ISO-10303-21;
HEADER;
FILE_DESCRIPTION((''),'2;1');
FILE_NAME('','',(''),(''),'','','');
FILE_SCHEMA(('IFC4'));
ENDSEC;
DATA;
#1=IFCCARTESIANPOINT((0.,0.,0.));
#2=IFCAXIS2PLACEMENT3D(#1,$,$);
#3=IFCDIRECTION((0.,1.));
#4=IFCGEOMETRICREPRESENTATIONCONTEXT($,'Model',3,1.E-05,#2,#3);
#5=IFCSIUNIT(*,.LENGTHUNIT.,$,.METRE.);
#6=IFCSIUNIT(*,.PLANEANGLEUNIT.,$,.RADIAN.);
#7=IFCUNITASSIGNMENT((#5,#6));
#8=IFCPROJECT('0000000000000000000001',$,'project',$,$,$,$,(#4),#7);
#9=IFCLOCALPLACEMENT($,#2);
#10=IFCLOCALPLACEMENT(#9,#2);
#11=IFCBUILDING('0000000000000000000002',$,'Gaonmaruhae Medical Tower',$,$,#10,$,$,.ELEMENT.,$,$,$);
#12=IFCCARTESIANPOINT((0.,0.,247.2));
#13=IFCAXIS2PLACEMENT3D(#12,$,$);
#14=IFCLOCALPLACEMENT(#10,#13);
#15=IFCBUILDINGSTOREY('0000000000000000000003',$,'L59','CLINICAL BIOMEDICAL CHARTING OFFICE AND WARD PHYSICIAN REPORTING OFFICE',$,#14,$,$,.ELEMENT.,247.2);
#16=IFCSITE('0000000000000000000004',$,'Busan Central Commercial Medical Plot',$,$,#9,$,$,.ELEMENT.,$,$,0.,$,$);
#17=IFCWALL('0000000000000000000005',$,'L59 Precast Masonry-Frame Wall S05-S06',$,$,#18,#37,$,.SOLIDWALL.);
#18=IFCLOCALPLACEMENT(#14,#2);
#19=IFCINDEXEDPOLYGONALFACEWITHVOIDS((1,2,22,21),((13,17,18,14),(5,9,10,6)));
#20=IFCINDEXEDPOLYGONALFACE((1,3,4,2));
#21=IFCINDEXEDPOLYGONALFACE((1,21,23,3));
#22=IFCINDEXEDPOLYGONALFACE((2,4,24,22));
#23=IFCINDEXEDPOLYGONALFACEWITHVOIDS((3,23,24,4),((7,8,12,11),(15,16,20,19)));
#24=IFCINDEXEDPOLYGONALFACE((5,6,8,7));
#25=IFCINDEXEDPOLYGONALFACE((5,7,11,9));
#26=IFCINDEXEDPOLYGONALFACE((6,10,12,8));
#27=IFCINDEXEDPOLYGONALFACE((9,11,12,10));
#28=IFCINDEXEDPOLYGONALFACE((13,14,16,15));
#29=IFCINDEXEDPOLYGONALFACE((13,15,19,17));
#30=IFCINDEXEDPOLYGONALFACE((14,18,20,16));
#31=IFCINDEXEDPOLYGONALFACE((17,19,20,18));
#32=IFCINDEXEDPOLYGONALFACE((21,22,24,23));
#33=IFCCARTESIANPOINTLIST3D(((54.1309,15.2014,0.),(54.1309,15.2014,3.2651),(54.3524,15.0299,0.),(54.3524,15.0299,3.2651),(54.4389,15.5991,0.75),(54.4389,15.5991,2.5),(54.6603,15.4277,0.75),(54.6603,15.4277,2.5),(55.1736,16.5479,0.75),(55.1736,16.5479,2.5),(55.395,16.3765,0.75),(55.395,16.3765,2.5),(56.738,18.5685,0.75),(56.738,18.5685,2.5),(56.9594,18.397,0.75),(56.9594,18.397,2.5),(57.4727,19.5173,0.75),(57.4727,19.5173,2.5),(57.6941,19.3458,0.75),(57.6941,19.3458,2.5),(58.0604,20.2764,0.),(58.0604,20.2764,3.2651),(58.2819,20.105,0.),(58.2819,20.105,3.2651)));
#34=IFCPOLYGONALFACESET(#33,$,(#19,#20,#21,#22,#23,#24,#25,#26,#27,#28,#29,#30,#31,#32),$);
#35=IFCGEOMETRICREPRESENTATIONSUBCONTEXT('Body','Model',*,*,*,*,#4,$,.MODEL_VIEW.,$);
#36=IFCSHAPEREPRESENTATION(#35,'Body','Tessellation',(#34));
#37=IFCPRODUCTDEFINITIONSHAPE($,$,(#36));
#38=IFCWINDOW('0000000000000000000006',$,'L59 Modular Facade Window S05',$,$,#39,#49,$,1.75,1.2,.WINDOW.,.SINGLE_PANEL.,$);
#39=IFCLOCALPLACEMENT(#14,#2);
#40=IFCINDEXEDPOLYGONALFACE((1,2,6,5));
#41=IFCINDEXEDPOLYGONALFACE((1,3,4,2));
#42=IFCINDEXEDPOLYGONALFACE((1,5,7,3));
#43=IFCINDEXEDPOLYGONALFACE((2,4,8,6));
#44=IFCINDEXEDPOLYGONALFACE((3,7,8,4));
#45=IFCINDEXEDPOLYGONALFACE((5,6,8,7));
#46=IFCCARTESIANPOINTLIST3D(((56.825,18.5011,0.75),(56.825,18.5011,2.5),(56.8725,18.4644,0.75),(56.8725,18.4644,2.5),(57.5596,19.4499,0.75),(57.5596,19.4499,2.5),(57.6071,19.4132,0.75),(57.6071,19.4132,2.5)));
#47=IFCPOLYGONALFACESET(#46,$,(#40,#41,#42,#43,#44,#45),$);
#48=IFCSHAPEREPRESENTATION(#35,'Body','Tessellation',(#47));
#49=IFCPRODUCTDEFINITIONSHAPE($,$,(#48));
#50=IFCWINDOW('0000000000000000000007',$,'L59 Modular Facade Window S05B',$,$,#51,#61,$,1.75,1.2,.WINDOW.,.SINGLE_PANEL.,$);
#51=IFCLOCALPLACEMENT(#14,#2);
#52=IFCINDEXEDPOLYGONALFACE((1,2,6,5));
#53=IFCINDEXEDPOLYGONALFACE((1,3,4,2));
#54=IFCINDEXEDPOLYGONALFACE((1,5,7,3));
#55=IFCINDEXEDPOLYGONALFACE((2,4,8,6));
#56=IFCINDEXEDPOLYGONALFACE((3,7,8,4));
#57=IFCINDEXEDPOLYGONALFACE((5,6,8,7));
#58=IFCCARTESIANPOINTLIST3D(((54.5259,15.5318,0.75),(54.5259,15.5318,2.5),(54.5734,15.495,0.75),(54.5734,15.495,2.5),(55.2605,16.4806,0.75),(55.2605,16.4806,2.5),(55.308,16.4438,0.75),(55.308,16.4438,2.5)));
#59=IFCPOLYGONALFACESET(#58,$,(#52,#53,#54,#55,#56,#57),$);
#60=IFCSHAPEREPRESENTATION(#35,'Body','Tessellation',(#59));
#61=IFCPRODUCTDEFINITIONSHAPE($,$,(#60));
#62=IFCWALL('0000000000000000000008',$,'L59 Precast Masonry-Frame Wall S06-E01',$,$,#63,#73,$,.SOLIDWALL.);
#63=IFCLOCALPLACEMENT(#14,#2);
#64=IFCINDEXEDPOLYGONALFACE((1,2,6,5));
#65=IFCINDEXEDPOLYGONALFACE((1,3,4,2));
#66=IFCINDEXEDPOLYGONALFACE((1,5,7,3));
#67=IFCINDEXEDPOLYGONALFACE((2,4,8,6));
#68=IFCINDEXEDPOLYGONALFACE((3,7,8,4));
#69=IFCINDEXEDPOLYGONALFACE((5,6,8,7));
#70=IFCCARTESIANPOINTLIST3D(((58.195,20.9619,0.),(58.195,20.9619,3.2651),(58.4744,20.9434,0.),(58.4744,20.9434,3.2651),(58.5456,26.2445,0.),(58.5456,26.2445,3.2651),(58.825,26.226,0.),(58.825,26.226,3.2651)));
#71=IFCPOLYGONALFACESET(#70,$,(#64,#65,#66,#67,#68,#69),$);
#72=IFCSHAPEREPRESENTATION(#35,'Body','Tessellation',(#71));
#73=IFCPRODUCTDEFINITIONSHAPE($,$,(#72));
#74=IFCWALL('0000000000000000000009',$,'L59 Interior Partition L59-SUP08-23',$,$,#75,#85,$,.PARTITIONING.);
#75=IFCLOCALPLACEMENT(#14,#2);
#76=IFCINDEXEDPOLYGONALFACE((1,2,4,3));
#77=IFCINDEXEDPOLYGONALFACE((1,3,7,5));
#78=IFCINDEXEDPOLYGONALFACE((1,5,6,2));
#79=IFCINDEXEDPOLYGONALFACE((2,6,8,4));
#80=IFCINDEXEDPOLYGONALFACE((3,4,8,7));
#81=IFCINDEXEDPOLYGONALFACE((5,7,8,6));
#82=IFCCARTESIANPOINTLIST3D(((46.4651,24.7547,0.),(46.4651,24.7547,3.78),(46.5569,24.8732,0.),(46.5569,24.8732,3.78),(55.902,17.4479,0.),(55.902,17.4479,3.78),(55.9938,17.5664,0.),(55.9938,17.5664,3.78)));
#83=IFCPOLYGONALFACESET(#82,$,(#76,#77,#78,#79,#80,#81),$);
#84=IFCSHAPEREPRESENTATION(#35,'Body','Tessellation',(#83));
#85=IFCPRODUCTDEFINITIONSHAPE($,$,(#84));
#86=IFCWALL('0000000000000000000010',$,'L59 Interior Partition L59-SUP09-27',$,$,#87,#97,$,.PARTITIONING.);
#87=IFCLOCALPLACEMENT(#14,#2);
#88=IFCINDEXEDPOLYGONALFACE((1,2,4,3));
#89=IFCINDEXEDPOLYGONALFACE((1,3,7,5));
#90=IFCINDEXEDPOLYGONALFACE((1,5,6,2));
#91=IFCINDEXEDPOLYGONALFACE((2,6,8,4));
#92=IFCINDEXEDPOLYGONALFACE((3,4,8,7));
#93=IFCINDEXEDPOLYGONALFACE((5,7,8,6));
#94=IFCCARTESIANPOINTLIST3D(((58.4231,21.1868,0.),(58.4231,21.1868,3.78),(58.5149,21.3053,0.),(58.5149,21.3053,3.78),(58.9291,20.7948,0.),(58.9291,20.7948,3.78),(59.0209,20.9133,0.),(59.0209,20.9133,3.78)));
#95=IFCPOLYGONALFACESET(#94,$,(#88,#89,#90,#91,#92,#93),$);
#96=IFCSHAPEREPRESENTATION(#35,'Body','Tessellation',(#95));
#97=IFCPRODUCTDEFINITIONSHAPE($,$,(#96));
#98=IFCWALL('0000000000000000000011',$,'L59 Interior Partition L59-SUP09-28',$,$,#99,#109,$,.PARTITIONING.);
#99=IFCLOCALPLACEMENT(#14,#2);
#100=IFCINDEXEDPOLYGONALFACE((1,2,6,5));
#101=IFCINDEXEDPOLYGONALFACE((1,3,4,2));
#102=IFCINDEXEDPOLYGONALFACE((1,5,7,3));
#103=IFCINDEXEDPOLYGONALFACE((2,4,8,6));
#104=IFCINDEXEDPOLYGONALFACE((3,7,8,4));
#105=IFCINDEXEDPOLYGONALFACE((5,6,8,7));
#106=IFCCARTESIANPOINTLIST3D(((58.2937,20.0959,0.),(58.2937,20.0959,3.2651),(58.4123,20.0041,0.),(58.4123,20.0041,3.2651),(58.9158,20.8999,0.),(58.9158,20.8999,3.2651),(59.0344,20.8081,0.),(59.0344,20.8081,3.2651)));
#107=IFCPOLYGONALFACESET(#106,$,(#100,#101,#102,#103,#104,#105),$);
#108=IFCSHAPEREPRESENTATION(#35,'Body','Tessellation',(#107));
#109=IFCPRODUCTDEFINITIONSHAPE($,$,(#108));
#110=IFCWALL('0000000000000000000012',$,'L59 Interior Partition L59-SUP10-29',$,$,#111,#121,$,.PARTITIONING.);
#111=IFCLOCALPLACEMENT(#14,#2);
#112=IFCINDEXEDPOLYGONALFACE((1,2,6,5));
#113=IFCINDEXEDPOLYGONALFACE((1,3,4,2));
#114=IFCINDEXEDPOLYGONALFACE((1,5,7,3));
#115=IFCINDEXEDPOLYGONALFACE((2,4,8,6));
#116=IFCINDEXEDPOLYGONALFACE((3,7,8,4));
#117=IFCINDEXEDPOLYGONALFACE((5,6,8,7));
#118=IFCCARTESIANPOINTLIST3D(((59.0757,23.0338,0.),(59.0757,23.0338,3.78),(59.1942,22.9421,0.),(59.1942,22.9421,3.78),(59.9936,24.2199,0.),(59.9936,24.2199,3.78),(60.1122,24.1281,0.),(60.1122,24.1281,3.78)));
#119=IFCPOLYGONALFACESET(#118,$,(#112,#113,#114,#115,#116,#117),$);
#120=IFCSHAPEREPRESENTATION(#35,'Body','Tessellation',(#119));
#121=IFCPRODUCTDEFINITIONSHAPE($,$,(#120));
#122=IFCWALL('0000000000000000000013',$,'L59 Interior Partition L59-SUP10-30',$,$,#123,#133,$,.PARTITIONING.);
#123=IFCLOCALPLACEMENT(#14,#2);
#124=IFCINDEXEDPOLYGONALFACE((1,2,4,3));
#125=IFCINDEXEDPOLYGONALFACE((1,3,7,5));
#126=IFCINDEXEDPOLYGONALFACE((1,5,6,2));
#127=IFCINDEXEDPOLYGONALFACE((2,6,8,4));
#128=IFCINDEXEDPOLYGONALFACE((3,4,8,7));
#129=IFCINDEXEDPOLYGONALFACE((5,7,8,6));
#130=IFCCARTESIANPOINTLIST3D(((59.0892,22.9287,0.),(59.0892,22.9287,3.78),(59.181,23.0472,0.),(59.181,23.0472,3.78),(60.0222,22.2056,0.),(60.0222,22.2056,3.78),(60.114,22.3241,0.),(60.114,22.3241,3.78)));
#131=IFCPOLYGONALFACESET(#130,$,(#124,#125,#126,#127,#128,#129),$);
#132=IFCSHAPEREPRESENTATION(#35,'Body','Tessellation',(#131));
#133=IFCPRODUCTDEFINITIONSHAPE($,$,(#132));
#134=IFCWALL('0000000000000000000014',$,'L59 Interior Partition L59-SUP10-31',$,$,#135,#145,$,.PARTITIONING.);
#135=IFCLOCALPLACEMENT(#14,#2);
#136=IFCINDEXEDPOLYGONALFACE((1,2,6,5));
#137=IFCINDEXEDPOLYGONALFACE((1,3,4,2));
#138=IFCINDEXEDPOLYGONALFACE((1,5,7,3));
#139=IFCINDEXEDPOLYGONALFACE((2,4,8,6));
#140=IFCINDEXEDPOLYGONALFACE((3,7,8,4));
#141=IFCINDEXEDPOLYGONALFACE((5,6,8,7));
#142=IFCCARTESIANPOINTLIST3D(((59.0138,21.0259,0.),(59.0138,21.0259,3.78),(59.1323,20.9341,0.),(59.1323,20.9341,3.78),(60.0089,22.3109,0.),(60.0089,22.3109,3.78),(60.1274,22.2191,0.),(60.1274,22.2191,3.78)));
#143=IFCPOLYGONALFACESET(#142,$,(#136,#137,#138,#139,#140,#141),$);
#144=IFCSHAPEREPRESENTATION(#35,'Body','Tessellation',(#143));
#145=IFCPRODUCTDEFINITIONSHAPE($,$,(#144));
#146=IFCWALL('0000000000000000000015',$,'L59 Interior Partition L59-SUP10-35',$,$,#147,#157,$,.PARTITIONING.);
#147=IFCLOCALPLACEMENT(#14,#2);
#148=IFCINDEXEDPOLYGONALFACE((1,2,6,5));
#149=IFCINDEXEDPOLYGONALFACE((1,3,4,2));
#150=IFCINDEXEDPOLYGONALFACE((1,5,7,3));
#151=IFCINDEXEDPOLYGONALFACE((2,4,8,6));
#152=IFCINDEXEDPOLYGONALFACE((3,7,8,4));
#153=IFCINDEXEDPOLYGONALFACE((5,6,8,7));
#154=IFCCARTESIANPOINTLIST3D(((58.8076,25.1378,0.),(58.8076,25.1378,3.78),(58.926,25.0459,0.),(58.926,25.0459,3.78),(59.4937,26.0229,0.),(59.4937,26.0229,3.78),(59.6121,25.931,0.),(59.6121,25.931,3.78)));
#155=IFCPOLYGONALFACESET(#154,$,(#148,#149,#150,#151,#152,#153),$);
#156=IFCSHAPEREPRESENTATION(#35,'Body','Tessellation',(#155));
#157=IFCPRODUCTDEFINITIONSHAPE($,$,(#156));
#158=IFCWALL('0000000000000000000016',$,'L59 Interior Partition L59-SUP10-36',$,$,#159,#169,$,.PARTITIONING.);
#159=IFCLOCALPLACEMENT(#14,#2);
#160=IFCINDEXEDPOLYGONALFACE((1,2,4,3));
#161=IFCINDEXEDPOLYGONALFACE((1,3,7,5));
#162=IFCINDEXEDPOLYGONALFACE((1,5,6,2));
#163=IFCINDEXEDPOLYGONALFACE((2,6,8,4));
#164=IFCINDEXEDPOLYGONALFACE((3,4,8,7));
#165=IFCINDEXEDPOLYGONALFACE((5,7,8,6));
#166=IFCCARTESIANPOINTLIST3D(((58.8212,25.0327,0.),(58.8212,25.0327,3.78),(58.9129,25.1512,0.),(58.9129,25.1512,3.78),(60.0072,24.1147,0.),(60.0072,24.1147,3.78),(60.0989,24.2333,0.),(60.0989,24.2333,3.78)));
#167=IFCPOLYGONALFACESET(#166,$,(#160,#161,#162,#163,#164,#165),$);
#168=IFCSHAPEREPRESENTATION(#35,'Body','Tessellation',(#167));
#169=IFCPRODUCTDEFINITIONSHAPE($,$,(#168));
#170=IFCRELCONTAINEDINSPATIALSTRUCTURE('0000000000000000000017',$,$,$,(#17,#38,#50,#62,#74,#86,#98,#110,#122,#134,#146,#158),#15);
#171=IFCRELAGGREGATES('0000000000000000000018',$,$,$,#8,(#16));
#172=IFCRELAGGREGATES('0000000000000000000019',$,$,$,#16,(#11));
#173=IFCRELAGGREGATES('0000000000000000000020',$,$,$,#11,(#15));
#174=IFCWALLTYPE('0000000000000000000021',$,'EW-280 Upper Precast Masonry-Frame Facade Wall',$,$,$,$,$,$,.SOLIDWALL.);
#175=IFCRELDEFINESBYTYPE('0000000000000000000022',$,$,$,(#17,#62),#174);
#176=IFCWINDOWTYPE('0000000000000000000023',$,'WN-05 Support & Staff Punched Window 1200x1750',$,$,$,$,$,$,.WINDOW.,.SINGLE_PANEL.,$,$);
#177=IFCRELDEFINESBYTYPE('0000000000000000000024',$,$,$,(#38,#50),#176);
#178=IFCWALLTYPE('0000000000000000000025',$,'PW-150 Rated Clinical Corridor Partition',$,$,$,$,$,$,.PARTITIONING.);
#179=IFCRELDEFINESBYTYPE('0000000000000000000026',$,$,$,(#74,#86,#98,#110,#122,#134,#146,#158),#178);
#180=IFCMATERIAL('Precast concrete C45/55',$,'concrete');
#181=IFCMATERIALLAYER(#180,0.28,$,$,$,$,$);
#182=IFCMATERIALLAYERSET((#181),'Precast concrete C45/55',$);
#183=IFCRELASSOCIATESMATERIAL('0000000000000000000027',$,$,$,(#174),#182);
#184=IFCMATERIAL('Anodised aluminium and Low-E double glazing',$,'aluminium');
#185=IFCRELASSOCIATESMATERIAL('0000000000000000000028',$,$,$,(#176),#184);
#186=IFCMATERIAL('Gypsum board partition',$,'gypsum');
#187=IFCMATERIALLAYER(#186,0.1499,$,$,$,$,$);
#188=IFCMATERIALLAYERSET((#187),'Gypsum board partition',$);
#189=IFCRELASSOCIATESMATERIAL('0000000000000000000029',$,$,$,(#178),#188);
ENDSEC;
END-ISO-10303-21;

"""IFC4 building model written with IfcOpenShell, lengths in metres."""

from ifc_helpers import new_model, si_unit, direction, frame, frame_2d, origin, place, context, subcontext, project, spatial, rectangle, extrude, material, layer, layer_set, type_object, element, fill, save


model = new_model("IFC4")

# Units and contexts
model_context = context("Model", 3, precision=1e-05, world=origin(), true_north=direction((0.0, 1.0)))
body_context = subcontext(model_context, "Body", "Model", "MODEL_VIEW")
ifc_project = project(units=[si_unit("LENGTHUNIT", "METRE"), si_unit("PLANEANGLEUNIT", "RADIAN")], contexts=[model_context])

# Site, building, storey
site_placement = place(None, origin())
site = spatial("IfcSite", under=ifc_project, at=site_placement, Name="Busan Central Commercial Medical Plot", CompositionType="ELEMENT", RefElevation=0.0)
building_placement = place(site_placement, origin())
building = spatial("IfcBuilding", under=site, at=building_placement, Name="Gaonmaruhae Medical Tower", CompositionType="ELEMENT")
storey_placement = place(building_placement, frame((0.0, 0.0, 247.2)))
storey = spatial("IfcBuildingStorey", under=building, at=storey_placement, Name="L59", Description="CLINICAL BIOMEDICAL CHARTING OFFICE AND WARD PHYSICIAN REPORTING OFFICE", CompositionType="ELEMENT", Elevation=247.2)

# Wall, openings, windows
ifc_material_1 = material(Name="Precast concrete C45/55", Category="concrete")
ifc_layer_1 = layer(ifc_material_1, 0.28)
ifc_layer_set_1 = layer_set([ifc_layer_1], Name="Precast concrete C45/55")
wall_type_1 = type_object("IfcWallType", Name="EW-280 Upper Precast Masonry-Frame Facade Wall", PredefinedType="SOLIDWALL", material=ifc_layer_set_1)
wall_1_placement = place(storey_placement, frame((58.1711, 20.1907, 0.0), z_axis=(0.0, 0.0, 1.0), x_axis=(-0.612217, -0.79069, 0.0)))
wall_1 = element("IfcWall", 1, at=wall_1_placement, inside=storey, type_object=wall_type_1, Name="L59 Precast Masonry-Frame Wall S05-S06", PredefinedType="SOLIDWALL", context=body_context, shape_type="SweptSolid", body=[
    extrude(rectangle(XDim=6.4185, YDim=0.28, at=frame_2d((3.2092, 0.0))), origin(), (0.0, 0.0, 1.0), 3.2651),
])
opening_1_placement = place(wall_1_placement, frame((0.96, 0.0, 0.75)))
opening_1 = element("IfcOpeningElement", 2, at=opening_1_placement, cuts=wall_1, PredefinedType="OPENING", context=body_context, shape_type="SweptSolid", body=[
    extrude(rectangle(XDim=1.2, YDim=1.75, at=frame_2d((0.6001, 0.875))), frame((0.0, 0.1499, 0.0), z_axis=(0.0, -1.0, 0.0), x_axis=(1.0, 0.0, 0.0)), (0.0, 0.0, 1.0), 0.3),
])
opening_2_placement = place(wall_1_placement, frame((4.7153, 0.0, 0.75)))
opening_2 = element("IfcOpeningElement", 3, at=opening_2_placement, cuts=wall_1, PredefinedType="OPENING", context=body_context, shape_type="SweptSolid", body=[
    extrude(rectangle(XDim=1.2, YDim=1.75, at=frame_2d((0.6001, 0.875))), frame((0.0, 0.1499, 0.0), z_axis=(0.0, -1.0, 0.0), x_axis=(1.0, 0.0, 0.0)), (0.0, 0.0, 1.0), 0.3),
])
ifc_material_2 = material(Name="Anodised aluminium and Low-E double glazing", Category="aluminium")
window_type = type_object("IfcWindowType", Name="WN-05 Support & Staff Punched Window 1200x1750", PartitioningType="SINGLE_PANEL", PredefinedType="WINDOW", material=ifc_material_2)
window_1_placement = place(opening_1_placement, origin())
window_1 = element("IfcWindow", 4, at=window_1_placement, inside=storey, type_object=window_type, Name="L59 Modular Facade Window S05", OverallHeight=1.75, OverallWidth=1.2, PartitioningType="SINGLE_PANEL", PredefinedType="WINDOW", context=body_context, shape_type="SweptSolid", body=[
    extrude(rectangle(XDim=1.2, YDim=1.75, at=frame_2d((0.6001, 0.875))), frame((0.0, 0.03, 0.0), z_axis=(0.0, -1.0, 0.0), x_axis=(1.0, 0.0, 0.0)), (0.0, 0.0, 1.0), 0.0601),
])
fill(opening_1, window_1)
window_2_placement = place(opening_2_placement, origin())
window_2 = element("IfcWindow", 5, at=window_2_placement, inside=storey, type_object=window_type, Name="L59 Modular Facade Window S05B", OverallHeight=1.75, OverallWidth=1.2, PartitioningType="SINGLE_PANEL", PredefinedType="WINDOW", context=body_context, shape_type="SweptSolid", body=[
    extrude(rectangle(XDim=1.2, YDim=1.75, at=frame_2d((0.6001, 0.875))), frame((0.0, 0.03, 0.0), z_axis=(0.0, -1.0, 0.0), x_axis=(1.0, 0.0, 0.0)), (0.0, 0.0, 1.0), 0.0601),
])
fill(opening_2, window_2)

# Walls
wall_2_placement = place(storey_placement, frame((58.6853, 26.2351, 0.0), z_axis=(0.0, 0.0, 1.0), x_axis=(-0.066222, -0.997805, 0.0)))
element("IfcWall", 6, at=wall_2_placement, inside=storey, type_object=wall_type_1, Name="L59 Precast Masonry-Frame Wall S06-E01", PredefinedType="SOLIDWALL", context=body_context, shape_type="SweptSolid", body=[
    extrude(rectangle(XDim=5.2942, YDim=0.28, at=frame_2d((2.647, 0.0))), origin(), (0.0, 0.0, 1.0), 3.2651),
])
ifc_material_3 = material(Name="Gypsum board partition", Category="gypsum")
ifc_layer_2 = layer(ifc_material_3, 0.1499)
ifc_layer_set_2 = layer_set([ifc_layer_2], Name="Gypsum board partition")
wall_type_2 = type_object("IfcWallType", Name="PW-150 Rated Clinical Corridor Partition", PredefinedType="PARTITIONING", material=ifc_layer_set_2)
wall_3_placement = place(storey_placement, frame((46.511, 24.814, 0.0), z_axis=(0.0, 0.0, 1.0), x_axis=(0.790691, -0.612216, 0.0)))
element("IfcWall", 7, at=wall_3_placement, inside=storey, type_object=wall_type_2, Name="L59 Interior Partition L59-SUP08-23", PredefinedType="PARTITIONING", context=body_context, shape_type="SweptSolid", body=[
    extrude(rectangle(XDim=11.9351, YDim=0.1499, at=frame_2d((5.9675, 0.0))), origin(), (0.0, 0.0, 1.0), 3.78),
])

# Walls
wall_4_placement = place(storey_placement, frame((58.469, 21.2461, 0.0), z_axis=(0.0, 0.0, 1.0), x_axis=(0.790521, -0.612435, 0.0)))
element("IfcWall", 8, at=wall_4_placement, inside=storey, type_object=wall_type_2, Name="L59 Interior Partition L59-SUP09-27", PredefinedType="PARTITIONING", context=body_context, shape_type="SweptSolid", body=[
    extrude(rectangle(XDim=0.6401, YDim=0.1499, at=frame_2d((0.3201, 0.0))), origin(), (0.0, 0.0, 1.0), 3.78),
])
wall_5_placement = place(storey_placement, frame((58.9751, 20.854, 0.0), z_axis=(0.0, 0.0, 1.0), x_axis=(-0.61196, -0.790889, 0.0)))
element("IfcWall", 9, at=wall_5_placement, inside=storey, type_object=wall_type_2, Name="L59 Interior Partition L59-SUP09-28", PredefinedType="PARTITIONING", context=body_context, shape_type="SweptSolid", body=[
    extrude(rectangle(XDim=1.0166, YDim=0.1499, at=frame_2d((0.5083, 0.0))), origin(), (0.0, 0.0, 1.0), 3.2651),
])
wall_6_placement = place(storey_placement, frame((60.053, 24.1741, 0.0), z_axis=(0.0, 0.0, 1.0), x_axis=(-0.612068, -0.790805, 0.0)))
element("IfcWall", 10, at=wall_6_placement, inside=storey, type_object=wall_type_2, Name="L59 Interior Partition L59-SUP10-29", PredefinedType="PARTITIONING", context=body_context, shape_type="SweptSolid", body=[
    extrude(rectangle(XDim=1.4998, YDim=0.1499, at=frame_2d((0.75, 0.0))), origin(), (0.0, 0.0, 1.0), 3.78),
])
wall_7_placement = place(storey_placement, frame((59.135, 22.988, 0.0), z_axis=(0.0, 0.0, 1.0), x_axis=(0.79042, -0.612565, 0.0)))
element("IfcWall", 11, at=wall_7_placement, inside=storey, type_object=wall_type_2, Name="L59 Interior Partition L59-SUP10-30", PredefinedType="PARTITIONING", context=body_context, shape_type="SweptSolid", body=[
    extrude(rectangle(XDim=1.1804, YDim=0.1499, at=frame_2d((0.5903, 0.0))), origin(), (0.0, 0.0, 1.0), 3.78),
])
wall_8_placement = place(storey_placement, frame((60.0681, 22.2649, 0.0), z_axis=(0.0, 0.0, 1.0), x_axis=(-0.612306, -0.79062, 0.0)))
element("IfcWall", 12, at=wall_8_placement, inside=storey, type_object=wall_type_2, Name="L59 Interior Partition L59-SUP10-31", PredefinedType="PARTITIONING", context=body_context, shape_type="SweptSolid", body=[
    extrude(rectangle(XDim=1.6252, YDim=0.1499, at=frame_2d((0.8125, 0.0))), origin(), (0.0, 0.0, 1.0), 3.78),
])
wall_9_placement = place(storey_placement, frame((59.553, 25.9771, 0.0), z_axis=(0.0, 0.0, 1.0), x_axis=(-0.612657, -0.790349, 0.0)))
element("IfcWall", 13, at=wall_9_placement, inside=storey, type_object=wall_type_2, Name="L59 Interior Partition L59-SUP10-35", PredefinedType="PARTITIONING", context=body_context, shape_type="SweptSolid", body=[
    extrude(rectangle(XDim=1.1199, YDim=0.1499, at=frame_2d((0.5601, 0.0))), origin(), (0.0, 0.0, 1.0), 3.78),
])
wall_10_placement = place(storey_placement, frame((58.8669, 25.092, 0.0), z_axis=(0.0, 0.0, 1.0), x_axis=(0.790805, -0.612068, 0.0)))
element("IfcWall", 14, at=wall_10_placement, inside=storey, type_object=wall_type_2, Name="L59 Interior Partition L59-SUP10-36", PredefinedType="PARTITIONING", context=body_context, shape_type="SweptSolid", body=[
    extrude(rectangle(XDim=1.4998, YDim=0.1499, at=frame_2d((0.75, 0.0))), origin(), (0.0, 0.0, 1.0), 3.78),
])

save(model, "model.ifc")
